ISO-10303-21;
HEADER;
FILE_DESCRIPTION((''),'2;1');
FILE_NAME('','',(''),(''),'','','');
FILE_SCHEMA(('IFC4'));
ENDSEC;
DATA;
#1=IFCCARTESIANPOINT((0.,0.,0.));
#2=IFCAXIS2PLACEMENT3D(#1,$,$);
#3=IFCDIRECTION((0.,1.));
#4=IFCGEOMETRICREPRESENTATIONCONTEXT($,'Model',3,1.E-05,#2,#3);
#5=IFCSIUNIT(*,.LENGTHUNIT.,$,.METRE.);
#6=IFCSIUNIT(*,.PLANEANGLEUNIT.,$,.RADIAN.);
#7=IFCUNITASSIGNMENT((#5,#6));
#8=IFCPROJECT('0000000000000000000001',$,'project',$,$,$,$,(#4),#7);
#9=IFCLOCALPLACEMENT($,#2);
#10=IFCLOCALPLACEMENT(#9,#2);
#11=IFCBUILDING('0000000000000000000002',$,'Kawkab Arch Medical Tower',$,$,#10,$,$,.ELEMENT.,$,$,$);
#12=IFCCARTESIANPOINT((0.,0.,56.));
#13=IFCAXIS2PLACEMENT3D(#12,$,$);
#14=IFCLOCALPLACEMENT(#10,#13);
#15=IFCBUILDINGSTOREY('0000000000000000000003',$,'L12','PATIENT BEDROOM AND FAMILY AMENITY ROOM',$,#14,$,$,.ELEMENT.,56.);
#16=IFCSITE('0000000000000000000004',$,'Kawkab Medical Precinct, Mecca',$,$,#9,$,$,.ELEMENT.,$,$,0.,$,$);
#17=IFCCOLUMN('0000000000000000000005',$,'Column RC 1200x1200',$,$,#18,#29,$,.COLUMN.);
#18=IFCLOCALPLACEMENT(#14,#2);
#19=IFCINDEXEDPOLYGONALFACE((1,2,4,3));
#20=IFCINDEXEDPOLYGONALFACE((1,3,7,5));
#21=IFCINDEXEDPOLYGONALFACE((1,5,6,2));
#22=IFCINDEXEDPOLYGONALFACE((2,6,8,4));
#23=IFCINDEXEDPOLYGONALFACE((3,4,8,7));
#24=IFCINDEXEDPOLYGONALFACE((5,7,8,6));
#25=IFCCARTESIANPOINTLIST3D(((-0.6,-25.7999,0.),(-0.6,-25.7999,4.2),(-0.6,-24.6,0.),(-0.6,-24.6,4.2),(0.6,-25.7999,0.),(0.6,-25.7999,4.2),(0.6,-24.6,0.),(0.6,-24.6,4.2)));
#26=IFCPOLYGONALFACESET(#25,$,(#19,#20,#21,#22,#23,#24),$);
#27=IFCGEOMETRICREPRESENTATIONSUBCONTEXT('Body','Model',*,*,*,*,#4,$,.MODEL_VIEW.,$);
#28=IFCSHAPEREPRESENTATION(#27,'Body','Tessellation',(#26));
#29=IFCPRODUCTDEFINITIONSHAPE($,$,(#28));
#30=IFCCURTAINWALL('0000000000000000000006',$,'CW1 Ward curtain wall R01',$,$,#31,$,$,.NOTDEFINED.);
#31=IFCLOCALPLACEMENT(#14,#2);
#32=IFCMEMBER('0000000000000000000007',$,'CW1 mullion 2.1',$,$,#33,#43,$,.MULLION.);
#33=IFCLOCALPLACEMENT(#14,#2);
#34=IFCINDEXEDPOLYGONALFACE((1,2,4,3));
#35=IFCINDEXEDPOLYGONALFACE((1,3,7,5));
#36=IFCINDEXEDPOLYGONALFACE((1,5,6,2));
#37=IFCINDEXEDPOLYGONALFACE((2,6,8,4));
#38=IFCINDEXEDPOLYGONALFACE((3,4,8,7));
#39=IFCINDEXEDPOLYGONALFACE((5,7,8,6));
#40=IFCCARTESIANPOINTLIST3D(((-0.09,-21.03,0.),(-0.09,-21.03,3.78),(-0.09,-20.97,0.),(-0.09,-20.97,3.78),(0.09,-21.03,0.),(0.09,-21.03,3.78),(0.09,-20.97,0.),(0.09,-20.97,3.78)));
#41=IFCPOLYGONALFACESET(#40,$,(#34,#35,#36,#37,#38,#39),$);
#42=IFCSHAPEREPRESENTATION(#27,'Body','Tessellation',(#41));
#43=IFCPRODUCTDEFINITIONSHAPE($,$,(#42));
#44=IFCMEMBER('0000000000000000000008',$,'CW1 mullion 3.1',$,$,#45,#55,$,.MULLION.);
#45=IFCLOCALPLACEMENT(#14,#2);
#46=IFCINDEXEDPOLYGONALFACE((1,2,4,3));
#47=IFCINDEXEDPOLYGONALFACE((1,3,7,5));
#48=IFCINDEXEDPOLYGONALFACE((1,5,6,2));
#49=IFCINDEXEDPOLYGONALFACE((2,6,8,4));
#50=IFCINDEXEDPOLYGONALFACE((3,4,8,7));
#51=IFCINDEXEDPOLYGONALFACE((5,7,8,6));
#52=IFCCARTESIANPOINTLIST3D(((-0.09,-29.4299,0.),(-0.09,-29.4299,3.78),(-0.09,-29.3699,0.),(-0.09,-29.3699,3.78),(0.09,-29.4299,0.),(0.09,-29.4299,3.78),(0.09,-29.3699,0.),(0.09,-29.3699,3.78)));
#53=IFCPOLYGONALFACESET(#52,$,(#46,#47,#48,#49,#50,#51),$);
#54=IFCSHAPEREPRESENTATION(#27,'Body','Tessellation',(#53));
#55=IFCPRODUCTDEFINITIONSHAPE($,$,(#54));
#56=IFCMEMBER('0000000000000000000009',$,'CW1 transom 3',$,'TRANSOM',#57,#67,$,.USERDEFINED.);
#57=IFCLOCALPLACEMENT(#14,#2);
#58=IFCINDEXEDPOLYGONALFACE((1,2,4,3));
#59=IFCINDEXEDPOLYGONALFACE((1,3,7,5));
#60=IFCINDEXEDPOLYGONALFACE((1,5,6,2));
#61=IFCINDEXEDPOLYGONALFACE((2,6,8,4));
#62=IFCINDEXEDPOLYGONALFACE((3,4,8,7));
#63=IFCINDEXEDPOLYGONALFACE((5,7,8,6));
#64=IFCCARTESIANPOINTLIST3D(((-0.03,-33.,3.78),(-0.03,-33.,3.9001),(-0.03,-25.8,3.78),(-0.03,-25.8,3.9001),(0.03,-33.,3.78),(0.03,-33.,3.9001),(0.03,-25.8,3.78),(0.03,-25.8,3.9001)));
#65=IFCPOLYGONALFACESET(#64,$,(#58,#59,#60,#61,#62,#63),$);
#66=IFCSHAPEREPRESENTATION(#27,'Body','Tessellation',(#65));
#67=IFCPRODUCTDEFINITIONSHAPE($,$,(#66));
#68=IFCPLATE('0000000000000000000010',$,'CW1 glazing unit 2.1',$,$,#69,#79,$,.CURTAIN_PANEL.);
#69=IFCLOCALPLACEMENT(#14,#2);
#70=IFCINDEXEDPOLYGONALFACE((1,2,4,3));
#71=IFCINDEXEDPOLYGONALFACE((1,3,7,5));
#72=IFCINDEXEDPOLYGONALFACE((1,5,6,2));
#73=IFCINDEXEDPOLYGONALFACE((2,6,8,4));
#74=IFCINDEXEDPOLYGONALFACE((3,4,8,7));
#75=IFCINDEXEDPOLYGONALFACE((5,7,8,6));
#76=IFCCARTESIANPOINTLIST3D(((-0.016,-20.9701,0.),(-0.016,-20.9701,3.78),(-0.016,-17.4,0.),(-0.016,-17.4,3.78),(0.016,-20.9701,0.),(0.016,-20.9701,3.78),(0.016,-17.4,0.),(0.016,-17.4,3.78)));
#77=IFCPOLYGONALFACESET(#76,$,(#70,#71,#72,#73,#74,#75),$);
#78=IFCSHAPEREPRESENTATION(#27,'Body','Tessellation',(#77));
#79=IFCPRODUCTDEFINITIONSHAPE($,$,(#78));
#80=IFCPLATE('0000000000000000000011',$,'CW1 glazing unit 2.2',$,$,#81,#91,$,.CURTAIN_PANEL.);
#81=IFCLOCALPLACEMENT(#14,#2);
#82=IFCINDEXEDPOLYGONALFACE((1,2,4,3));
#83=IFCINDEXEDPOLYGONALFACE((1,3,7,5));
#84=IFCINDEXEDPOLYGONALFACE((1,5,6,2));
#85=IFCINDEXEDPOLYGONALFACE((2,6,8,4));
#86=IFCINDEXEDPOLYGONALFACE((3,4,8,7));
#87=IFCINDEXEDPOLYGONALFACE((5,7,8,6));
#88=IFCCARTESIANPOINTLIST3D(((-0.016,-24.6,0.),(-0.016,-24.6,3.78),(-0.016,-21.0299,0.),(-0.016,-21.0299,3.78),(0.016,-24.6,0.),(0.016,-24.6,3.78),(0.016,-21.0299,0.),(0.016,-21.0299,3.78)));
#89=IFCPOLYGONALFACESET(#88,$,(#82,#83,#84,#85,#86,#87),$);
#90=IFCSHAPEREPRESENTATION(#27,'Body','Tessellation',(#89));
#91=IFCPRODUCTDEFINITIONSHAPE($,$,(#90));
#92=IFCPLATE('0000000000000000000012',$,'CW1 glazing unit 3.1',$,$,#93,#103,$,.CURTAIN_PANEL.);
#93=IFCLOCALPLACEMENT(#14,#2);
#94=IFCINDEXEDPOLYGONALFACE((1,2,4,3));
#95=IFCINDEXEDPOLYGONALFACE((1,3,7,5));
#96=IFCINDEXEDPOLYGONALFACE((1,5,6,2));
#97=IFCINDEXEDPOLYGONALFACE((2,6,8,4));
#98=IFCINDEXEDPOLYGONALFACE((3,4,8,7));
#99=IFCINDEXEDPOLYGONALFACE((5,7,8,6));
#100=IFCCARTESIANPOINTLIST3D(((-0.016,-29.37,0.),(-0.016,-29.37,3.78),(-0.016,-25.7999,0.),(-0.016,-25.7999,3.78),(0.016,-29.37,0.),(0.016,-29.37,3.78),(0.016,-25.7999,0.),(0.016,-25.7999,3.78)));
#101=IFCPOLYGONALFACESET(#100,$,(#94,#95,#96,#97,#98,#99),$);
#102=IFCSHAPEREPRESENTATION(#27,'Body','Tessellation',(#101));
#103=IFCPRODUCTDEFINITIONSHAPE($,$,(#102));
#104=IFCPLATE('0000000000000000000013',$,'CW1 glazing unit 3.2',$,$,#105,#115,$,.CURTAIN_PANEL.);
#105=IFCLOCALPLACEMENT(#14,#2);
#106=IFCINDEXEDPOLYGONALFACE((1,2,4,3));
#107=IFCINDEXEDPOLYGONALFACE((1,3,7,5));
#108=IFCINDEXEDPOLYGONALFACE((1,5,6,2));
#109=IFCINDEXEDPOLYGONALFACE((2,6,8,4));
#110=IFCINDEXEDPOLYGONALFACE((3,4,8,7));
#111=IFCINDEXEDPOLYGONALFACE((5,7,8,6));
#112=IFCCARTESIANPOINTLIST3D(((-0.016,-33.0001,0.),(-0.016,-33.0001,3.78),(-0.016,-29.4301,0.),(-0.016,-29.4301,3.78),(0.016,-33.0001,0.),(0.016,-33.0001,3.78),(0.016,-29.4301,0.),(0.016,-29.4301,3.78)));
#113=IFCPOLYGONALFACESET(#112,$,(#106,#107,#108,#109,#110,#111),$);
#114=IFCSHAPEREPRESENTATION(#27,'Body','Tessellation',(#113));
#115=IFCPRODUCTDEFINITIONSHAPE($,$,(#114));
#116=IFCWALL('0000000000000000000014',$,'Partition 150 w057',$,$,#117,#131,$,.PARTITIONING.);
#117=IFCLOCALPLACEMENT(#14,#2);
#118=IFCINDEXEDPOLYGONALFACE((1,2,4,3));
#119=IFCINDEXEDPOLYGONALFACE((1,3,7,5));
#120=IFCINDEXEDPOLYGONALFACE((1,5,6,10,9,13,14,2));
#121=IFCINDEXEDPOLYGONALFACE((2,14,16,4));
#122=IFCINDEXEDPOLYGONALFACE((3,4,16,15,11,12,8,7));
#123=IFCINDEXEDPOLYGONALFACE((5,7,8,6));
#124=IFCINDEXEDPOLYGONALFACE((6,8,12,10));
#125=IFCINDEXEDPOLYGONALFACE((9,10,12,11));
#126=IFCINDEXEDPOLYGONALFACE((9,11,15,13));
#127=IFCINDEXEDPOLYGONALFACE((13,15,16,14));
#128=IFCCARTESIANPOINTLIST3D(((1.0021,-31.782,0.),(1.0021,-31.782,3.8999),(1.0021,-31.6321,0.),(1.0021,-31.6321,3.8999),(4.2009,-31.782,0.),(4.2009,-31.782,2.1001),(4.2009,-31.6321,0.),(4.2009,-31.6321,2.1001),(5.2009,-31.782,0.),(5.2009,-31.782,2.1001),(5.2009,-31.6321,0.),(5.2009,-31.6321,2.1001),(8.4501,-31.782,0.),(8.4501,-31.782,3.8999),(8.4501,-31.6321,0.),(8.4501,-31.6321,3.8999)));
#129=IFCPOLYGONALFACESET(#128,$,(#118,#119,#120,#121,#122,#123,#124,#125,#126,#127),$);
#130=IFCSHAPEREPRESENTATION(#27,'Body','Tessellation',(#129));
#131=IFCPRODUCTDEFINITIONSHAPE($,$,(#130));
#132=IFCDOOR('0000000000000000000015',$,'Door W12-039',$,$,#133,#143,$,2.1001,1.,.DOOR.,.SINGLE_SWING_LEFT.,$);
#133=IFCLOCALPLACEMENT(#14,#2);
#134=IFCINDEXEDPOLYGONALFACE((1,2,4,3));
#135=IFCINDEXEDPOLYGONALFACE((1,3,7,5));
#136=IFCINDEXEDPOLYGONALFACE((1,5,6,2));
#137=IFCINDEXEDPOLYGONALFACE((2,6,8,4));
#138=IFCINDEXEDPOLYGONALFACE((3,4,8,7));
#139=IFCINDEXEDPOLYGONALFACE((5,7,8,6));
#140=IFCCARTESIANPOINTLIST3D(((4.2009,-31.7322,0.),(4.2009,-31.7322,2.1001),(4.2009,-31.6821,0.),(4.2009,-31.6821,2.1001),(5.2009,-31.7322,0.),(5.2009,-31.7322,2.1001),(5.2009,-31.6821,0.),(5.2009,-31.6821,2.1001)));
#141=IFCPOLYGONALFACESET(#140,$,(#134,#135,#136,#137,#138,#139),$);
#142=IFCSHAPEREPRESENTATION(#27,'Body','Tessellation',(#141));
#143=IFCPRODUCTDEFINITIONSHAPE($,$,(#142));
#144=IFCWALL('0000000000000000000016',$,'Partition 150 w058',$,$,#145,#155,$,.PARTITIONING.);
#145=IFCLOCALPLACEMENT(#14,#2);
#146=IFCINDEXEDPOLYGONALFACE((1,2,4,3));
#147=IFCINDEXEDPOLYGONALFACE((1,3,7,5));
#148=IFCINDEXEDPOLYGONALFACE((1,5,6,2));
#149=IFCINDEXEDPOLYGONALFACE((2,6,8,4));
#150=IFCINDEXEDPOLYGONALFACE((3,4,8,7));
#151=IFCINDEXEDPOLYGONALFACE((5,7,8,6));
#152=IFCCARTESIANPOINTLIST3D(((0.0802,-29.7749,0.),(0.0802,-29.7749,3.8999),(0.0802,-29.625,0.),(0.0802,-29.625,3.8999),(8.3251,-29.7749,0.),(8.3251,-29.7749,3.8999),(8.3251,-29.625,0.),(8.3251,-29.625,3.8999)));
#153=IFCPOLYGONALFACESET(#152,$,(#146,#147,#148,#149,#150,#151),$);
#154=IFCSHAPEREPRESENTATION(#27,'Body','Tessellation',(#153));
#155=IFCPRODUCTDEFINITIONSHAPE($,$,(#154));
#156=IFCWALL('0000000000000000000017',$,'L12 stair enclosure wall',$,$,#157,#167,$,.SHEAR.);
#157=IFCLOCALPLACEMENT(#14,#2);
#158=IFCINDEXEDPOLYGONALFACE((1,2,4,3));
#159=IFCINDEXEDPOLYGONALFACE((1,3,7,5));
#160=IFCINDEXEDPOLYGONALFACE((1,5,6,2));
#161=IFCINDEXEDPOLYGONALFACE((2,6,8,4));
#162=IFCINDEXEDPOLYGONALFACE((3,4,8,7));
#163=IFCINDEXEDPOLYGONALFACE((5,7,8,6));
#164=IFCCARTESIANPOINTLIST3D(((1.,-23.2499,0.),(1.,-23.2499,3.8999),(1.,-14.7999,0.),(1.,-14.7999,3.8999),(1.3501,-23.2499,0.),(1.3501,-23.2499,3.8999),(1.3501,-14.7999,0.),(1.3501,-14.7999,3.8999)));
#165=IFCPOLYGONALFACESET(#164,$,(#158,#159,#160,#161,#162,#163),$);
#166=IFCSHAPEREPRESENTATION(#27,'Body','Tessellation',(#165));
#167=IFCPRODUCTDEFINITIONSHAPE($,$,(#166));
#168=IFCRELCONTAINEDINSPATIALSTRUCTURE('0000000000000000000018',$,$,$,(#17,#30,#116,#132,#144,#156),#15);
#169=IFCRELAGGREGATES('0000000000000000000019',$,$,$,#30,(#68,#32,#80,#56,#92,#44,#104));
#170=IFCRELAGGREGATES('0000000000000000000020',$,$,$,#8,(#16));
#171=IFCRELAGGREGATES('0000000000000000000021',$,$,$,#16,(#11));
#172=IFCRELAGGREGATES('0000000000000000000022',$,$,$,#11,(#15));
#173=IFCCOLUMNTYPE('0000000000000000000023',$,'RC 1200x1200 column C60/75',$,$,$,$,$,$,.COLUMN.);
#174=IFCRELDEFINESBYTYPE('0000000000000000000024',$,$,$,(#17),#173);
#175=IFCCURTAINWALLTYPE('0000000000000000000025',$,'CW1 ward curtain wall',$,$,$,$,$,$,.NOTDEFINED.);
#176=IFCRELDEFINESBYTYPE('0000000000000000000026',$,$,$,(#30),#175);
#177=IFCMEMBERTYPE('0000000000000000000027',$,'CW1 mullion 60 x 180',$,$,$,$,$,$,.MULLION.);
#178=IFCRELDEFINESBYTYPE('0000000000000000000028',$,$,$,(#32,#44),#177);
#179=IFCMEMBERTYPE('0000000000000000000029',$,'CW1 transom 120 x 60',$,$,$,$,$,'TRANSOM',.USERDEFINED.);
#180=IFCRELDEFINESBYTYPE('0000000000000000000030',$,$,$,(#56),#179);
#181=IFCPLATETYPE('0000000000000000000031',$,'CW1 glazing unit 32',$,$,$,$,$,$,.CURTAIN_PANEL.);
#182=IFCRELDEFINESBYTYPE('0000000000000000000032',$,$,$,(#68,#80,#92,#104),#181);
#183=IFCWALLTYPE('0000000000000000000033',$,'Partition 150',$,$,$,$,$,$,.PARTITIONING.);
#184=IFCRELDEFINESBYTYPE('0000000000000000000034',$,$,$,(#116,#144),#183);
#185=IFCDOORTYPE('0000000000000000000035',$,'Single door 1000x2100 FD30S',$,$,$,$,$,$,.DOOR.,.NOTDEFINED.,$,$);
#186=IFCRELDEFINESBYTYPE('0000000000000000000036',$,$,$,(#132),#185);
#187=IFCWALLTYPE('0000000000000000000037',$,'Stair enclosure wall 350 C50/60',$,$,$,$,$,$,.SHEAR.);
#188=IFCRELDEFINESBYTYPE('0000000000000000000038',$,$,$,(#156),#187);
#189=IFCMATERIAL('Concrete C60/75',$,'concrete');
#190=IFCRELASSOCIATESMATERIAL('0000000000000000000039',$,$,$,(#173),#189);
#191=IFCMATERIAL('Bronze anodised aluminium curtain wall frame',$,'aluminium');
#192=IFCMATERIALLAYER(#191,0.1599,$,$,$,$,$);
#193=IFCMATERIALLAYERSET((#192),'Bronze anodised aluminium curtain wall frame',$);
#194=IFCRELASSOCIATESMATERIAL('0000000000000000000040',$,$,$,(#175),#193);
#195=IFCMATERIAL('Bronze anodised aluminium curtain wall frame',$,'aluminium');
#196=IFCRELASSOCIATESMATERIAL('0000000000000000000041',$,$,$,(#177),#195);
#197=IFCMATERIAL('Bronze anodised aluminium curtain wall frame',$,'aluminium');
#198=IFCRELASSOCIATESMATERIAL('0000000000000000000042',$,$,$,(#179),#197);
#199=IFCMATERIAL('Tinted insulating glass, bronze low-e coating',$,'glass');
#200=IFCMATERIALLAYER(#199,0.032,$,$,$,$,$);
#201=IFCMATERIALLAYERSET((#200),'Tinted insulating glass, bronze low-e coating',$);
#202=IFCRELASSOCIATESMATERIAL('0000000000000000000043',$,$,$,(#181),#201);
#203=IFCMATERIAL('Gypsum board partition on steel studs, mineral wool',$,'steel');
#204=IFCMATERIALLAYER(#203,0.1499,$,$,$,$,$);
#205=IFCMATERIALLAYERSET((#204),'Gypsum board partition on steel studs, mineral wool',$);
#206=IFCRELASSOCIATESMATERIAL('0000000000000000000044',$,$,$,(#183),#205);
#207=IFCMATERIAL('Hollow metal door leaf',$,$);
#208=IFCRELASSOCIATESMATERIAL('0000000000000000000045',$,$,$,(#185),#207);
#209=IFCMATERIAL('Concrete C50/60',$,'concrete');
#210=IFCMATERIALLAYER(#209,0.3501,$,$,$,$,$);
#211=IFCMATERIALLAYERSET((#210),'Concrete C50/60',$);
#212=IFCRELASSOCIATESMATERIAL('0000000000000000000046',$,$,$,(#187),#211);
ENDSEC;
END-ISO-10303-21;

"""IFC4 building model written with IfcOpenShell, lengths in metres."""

from ifc_helpers import new_model, si_unit, direction, frame, frame_2d, origin, origin_2d, place, context, subcontext, project, spatial, rectangle, extrude, material, layer, layer_set, material_profile, profile_set, type_object, element, fill, aggregate, save


model = new_model("IFC4")

# Units and contexts
model_context = context("Model", 3, precision=1e-05, world=origin(), true_north=direction((0.0, 1.0)))
body_context = subcontext(model_context, "Body", "Model", "MODEL_VIEW")
ifc_project = project(units=[si_unit("LENGTHUNIT", "METRE"), si_unit("PLANEANGLEUNIT", "RADIAN")], contexts=[model_context])

# Site, building, storey
site_placement = place(None, origin())
site = spatial("IfcSite", under=ifc_project, at=site_placement, Name="Kawkab Medical Precinct, Mecca", CompositionType="ELEMENT", RefElevation=0.0)
building_placement = place(site_placement, origin())
building = spatial("IfcBuilding", under=site, at=building_placement, Name="Kawkab Arch Medical Tower", CompositionType="ELEMENT")
storey_placement = place(building_placement, frame((0.0, 0.0, 56.0)))
storey = spatial("IfcBuildingStorey", under=building, at=storey_placement, Name="L12", Description="PATIENT BEDROOM AND FAMILY AMENITY ROOM", CompositionType="ELEMENT", Elevation=56.0)

# Column
ifc_material_1 = material(Name="Concrete C60/75", Category="concrete")
ifc_material_profile_1 = material_profile(ifc_material_1, rectangle(XDim=1.2, YDim=1.2, at=origin_2d()), Name="RC 1200x1200")
ifc_profile_set_1 = profile_set([ifc_material_profile_1], Name="Concrete C60/75")
column_type = type_object("IfcColumnType", Name="RC 1200x1200 column C60/75", PredefinedType="COLUMN", material=ifc_profile_set_1)
column_placement = place(storey_placement, frame((0.0, -25.2, 0.0), z_axis=(0.0, 0.0, 1.0), x_axis=(1.0, 0.0, 0.0)))
element("IfcColumn", 1, at=column_placement, inside=storey, type_object=column_type, Name="Column RC 1200x1200", PredefinedType="COLUMN", context=body_context, shape_type="SweptSolid", body=[
    extrude(rectangle(XDim=1.2, YDim=1.2, at=origin_2d()), origin(), (0.0, 0.0, 1.0), 4.2),
])

# Curtain wall, members, plates
ifc_material_2 = material(Name="Bronze anodised aluminium curtain wall frame", Category="aluminium")
ifc_layer_1 = layer(ifc_material_2, 0.1599)
ifc_layer_set_1 = layer_set([ifc_layer_1], Name="Bronze anodised aluminium curtain wall frame")
curtain_wall_type = type_object("IfcCurtainWallType", Name="CW1 ward curtain wall", PredefinedType="NOTDEFINED", material=ifc_layer_set_1)
curtain_wall_placement = place(storey_placement, origin())
curtain_wall = element("IfcCurtainWall", 2, at=curtain_wall_placement, inside=storey, type_object=curtain_wall_type, Name="CW1 Ward curtain wall R01", PredefinedType="NOTDEFINED")
ifc_material_3 = material(Name="Bronze anodised aluminium curtain wall frame", Category="aluminium")
ifc_material_profile_2 = material_profile(ifc_material_3, rectangle(XDim=0.1799, YDim=0.0601, at=origin_2d()), Name="AL 60x180")
ifc_profile_set_2 = profile_set([ifc_material_profile_2], Name="Bronze anodised aluminium curtain wall frame")
member_type_1 = type_object("IfcMemberType", Name="CW1 mullion 60 x 180", PredefinedType="MULLION", material=ifc_profile_set_2)
member_1_placement = place(storey_placement, frame((0.0, -21.0, 0.0), z_axis=(0.0, 0.0, 1.0), x_axis=(1.0, 0.0, 0.0)))
member_1 = element("IfcMember", 3, at=member_1_placement, type_object=member_type_1, Name="CW1 mullion 2.1", PredefinedType="MULLION", context=body_context, shape_type="SweptSolid", body=[
    extrude(rectangle(XDim=0.1799, YDim=0.0601, at=origin_2d()), origin(), (0.0, 0.0, 1.0), 3.78),
])
member_2_placement = place(storey_placement, frame((0.0, -29.3999, 0.0), z_axis=(0.0, 0.0, 1.0), x_axis=(1.0, 0.0, 0.0)))
member_2 = element("IfcMember", 4, at=member_2_placement, type_object=member_type_1, Name="CW1 mullion 3.1", PredefinedType="MULLION", context=body_context, shape_type="SweptSolid", body=[
    extrude(rectangle(XDim=0.1799, YDim=0.0601, at=origin_2d()), origin(), (0.0, 0.0, 1.0), 3.78),
])
ifc_material_4 = material(Name="Bronze anodised aluminium curtain wall frame", Category="aluminium")
ifc_material_profile_3 = material_profile(ifc_material_4, rectangle(XDim=0.0601, YDim=0.1201, at=origin_2d()), Name="AL 60x120")
ifc_profile_set_3 = profile_set([ifc_material_profile_3], Name="Bronze anodised aluminium curtain wall frame")
member_type_2 = type_object("IfcMemberType", Name="CW1 transom 120 x 60", ElementType="TRANSOM", PredefinedType="USERDEFINED", material=ifc_profile_set_3)
member_3_placement = place(storey_placement, frame((0.0, -25.8, 3.8401), z_axis=(0.0, -1.0, 0.0), x_axis=(1.0, 0.0, 0.0)))
member_3 = element("IfcMember", 5, at=member_3_placement, type_object=member_type_2, Name="CW1 transom 3", ObjectType="TRANSOM", PredefinedType="USERDEFINED", context=body_context, shape_type="SweptSolid", body=[
    extrude(rectangle(XDim=0.0601, YDim=0.1201, at=origin_2d()), origin(), (0.0, 0.0, 1.0), 7.2),
])
ifc_material_5 = material(Name="Tinted insulating glass, bronze low-e coating", Category="glass")
ifc_layer_2 = layer(ifc_material_5, 0.032)
ifc_layer_set_2 = layer_set([ifc_layer_2], Name="Tinted insulating glass, bronze low-e coating")
plate_type = type_object("IfcPlateType", Name="CW1 glazing unit 32", PredefinedType="CURTAIN_PANEL", material=ifc_layer_set_2)
plate_1_placement = place(storey_placement, frame((0.0, -19.1851, 0.0), z_axis=(0.0, 0.0, 1.0), x_axis=(0.0, -1.0, 0.0)))
plate_1 = element("IfcPlate", 6, at=plate_1_placement, type_object=plate_type, Name="CW1 glazing unit 2.1", PredefinedType="CURTAIN_PANEL", context=body_context, shape_type="SweptSolid", body=[
    extrude(rectangle(XDim=3.5701, YDim=0.032, at=origin_2d()), origin(), (0.0, 0.0, 1.0), 3.78),
])
plate_2_placement = place(storey_placement, frame((0.0, -22.8149, 0.0), z_axis=(0.0, 0.0, 1.0), x_axis=(0.0, -1.0, 0.0)))
plate_2 = element("IfcPlate", 7, at=plate_2_placement, type_object=plate_type, Name="CW1 glazing unit 2.2", PredefinedType="CURTAIN_PANEL", context=body_context, shape_type="SweptSolid", body=[
    extrude(rectangle(XDim=3.5701, YDim=0.032, at=origin_2d()), origin(), (0.0, 0.0, 1.0), 3.78),
])
plate_3_placement = place(storey_placement, frame((0.0, -27.585, 0.0), z_axis=(0.0, 0.0, 1.0), x_axis=(0.0, -1.0, 0.0)))
plate_3 = element("IfcPlate", 8, at=plate_3_placement, type_object=plate_type, Name="CW1 glazing unit 3.1", PredefinedType="CURTAIN_PANEL", context=body_context, shape_type="SweptSolid", body=[
    extrude(rectangle(XDim=3.5701, YDim=0.032, at=origin_2d()), origin(), (0.0, 0.0, 1.0), 3.78),
])
plate_4_placement = place(storey_placement, frame((0.0, -31.2151, 0.0), z_axis=(0.0, 0.0, 1.0), x_axis=(0.0, -1.0, 0.0)))
plate_4 = element("IfcPlate", 9, at=plate_4_placement, type_object=plate_type, Name="CW1 glazing unit 3.2", PredefinedType="CURTAIN_PANEL", context=body_context, shape_type="SweptSolid", body=[
    extrude(rectangle(XDim=3.5701, YDim=0.032, at=origin_2d()), origin(), (0.0, 0.0, 1.0), 3.78),
])
aggregate(curtain_wall, [plate_1, member_1, plate_2, member_3, plate_3, member_2, plate_4])

# Wall, opening, door
ifc_material_6 = material(Name="Gypsum board partition on steel studs, mineral wool", Category="steel")
ifc_layer_3 = layer(ifc_material_6, 0.1499)
ifc_layer_set_3 = layer_set([ifc_layer_3], Name="Gypsum board partition on steel studs, mineral wool")
wall_type_1 = type_object("IfcWallType", Name="Partition 150", PredefinedType="PARTITIONING", material=ifc_layer_set_3)
wall_1_placement = place(storey_placement, frame((1.002, -31.707, 0.0), z_axis=(0.0, 0.0, 1.0), x_axis=(1.0, 0.0, 0.0)))
wall_1 = element("IfcWall", 10, at=wall_1_placement, inside=storey, type_object=wall_type_1, Name="Partition 150 w057", PredefinedType="PARTITIONING", context=body_context, shape_type="SweptSolid", body=[
    extrude(rectangle(XDim=7.448, YDim=0.1499, at=frame_2d((3.7241, 0.0))), origin(), (0.0, 0.0, 1.0), 3.8999),
])
opening_placement = place(wall_1_placement, frame((3.199, 0.0, 0.0)))
opening = element("IfcOpeningElement", 11, at=opening_placement, cuts=wall_1, PredefinedType="OPENING", context=body_context, shape_type="SweptSolid", body=[
    extrude(rectangle(XDim=1.0, YDim=2.1001, at=frame_2d((0.5, 1.05))), frame((0.0, 0.085, 0.0), z_axis=(0.0, -1.0, 0.0), x_axis=(1.0, 0.0, 0.0)), (0.0, 0.0, 1.0), 0.1699),
])
ifc_material_7 = material(Name="Hollow metal door leaf")
door_type = type_object("IfcDoorType", Name="Single door 1000x2100 FD30S", OperationType="NOTDEFINED", PredefinedType="DOOR", material=ifc_material_7)
door_placement = place(opening_placement, origin())
door = element("IfcDoor", 12, at=door_placement, inside=storey, type_object=door_type, Name="Door W12-039", OperationType="SINGLE_SWING_LEFT", OverallHeight=2.1001, OverallWidth=1.0, PredefinedType="DOOR", context=body_context, shape_type="SweptSolid", body=[
    extrude(rectangle(XDim=1.0, YDim=2.1001, at=frame_2d((0.5, 1.05))), frame((0.0, 0.0249, 0.0), z_axis=(0.0, -1.0, 0.0), x_axis=(1.0, 0.0, 0.0)), (0.0, 0.0, 1.0), 0.05),
])
fill(opening, door)

# Walls
wall_2_placement = place(storey_placement, frame((0.0801, -29.7, 0.0), z_axis=(0.0, 0.0, 1.0), x_axis=(1.0, 0.0, 0.0)))
element("IfcWall", 13, at=wall_2_placement, inside=storey, type_object=wall_type_1, Name="Partition 150 w058", PredefinedType="PARTITIONING", context=body_context, shape_type="SweptSolid", body=[
    extrude(rectangle(XDim=8.2449, YDim=0.1499, at=frame_2d((4.1226, 0.0))), origin(), (0.0, 0.0, 1.0), 3.8999),
])
ifc_material_8 = material(Name="Concrete C50/60", Category="concrete")
ifc_layer_4 = layer(ifc_material_8, 0.3501)
ifc_layer_set_4 = layer_set([ifc_layer_4], Name="Concrete C50/60")
wall_type_2 = type_object("IfcWallType", Name="Stair enclosure wall 350 C50/60", PredefinedType="SHEAR", material=ifc_layer_set_4)
wall_3_placement = place(storey_placement, frame((1.175, -23.25, 0.0), z_axis=(0.0, 0.0, 1.0), x_axis=(0.0, 1.0, 0.0)))
element("IfcWall", 14, at=wall_3_placement, inside=storey, type_object=wall_type_2, Name="L12 stair enclosure wall", PredefinedType="SHEAR", context=body_context, shape_type="SweptSolid", body=[
    extrude(rectangle(XDim=8.45, YDim=0.3501, at=frame_2d((4.2251, 0.0))), origin(), (0.0, 0.0, 1.0), 3.8999),
])

save(model, "model.ifc")
